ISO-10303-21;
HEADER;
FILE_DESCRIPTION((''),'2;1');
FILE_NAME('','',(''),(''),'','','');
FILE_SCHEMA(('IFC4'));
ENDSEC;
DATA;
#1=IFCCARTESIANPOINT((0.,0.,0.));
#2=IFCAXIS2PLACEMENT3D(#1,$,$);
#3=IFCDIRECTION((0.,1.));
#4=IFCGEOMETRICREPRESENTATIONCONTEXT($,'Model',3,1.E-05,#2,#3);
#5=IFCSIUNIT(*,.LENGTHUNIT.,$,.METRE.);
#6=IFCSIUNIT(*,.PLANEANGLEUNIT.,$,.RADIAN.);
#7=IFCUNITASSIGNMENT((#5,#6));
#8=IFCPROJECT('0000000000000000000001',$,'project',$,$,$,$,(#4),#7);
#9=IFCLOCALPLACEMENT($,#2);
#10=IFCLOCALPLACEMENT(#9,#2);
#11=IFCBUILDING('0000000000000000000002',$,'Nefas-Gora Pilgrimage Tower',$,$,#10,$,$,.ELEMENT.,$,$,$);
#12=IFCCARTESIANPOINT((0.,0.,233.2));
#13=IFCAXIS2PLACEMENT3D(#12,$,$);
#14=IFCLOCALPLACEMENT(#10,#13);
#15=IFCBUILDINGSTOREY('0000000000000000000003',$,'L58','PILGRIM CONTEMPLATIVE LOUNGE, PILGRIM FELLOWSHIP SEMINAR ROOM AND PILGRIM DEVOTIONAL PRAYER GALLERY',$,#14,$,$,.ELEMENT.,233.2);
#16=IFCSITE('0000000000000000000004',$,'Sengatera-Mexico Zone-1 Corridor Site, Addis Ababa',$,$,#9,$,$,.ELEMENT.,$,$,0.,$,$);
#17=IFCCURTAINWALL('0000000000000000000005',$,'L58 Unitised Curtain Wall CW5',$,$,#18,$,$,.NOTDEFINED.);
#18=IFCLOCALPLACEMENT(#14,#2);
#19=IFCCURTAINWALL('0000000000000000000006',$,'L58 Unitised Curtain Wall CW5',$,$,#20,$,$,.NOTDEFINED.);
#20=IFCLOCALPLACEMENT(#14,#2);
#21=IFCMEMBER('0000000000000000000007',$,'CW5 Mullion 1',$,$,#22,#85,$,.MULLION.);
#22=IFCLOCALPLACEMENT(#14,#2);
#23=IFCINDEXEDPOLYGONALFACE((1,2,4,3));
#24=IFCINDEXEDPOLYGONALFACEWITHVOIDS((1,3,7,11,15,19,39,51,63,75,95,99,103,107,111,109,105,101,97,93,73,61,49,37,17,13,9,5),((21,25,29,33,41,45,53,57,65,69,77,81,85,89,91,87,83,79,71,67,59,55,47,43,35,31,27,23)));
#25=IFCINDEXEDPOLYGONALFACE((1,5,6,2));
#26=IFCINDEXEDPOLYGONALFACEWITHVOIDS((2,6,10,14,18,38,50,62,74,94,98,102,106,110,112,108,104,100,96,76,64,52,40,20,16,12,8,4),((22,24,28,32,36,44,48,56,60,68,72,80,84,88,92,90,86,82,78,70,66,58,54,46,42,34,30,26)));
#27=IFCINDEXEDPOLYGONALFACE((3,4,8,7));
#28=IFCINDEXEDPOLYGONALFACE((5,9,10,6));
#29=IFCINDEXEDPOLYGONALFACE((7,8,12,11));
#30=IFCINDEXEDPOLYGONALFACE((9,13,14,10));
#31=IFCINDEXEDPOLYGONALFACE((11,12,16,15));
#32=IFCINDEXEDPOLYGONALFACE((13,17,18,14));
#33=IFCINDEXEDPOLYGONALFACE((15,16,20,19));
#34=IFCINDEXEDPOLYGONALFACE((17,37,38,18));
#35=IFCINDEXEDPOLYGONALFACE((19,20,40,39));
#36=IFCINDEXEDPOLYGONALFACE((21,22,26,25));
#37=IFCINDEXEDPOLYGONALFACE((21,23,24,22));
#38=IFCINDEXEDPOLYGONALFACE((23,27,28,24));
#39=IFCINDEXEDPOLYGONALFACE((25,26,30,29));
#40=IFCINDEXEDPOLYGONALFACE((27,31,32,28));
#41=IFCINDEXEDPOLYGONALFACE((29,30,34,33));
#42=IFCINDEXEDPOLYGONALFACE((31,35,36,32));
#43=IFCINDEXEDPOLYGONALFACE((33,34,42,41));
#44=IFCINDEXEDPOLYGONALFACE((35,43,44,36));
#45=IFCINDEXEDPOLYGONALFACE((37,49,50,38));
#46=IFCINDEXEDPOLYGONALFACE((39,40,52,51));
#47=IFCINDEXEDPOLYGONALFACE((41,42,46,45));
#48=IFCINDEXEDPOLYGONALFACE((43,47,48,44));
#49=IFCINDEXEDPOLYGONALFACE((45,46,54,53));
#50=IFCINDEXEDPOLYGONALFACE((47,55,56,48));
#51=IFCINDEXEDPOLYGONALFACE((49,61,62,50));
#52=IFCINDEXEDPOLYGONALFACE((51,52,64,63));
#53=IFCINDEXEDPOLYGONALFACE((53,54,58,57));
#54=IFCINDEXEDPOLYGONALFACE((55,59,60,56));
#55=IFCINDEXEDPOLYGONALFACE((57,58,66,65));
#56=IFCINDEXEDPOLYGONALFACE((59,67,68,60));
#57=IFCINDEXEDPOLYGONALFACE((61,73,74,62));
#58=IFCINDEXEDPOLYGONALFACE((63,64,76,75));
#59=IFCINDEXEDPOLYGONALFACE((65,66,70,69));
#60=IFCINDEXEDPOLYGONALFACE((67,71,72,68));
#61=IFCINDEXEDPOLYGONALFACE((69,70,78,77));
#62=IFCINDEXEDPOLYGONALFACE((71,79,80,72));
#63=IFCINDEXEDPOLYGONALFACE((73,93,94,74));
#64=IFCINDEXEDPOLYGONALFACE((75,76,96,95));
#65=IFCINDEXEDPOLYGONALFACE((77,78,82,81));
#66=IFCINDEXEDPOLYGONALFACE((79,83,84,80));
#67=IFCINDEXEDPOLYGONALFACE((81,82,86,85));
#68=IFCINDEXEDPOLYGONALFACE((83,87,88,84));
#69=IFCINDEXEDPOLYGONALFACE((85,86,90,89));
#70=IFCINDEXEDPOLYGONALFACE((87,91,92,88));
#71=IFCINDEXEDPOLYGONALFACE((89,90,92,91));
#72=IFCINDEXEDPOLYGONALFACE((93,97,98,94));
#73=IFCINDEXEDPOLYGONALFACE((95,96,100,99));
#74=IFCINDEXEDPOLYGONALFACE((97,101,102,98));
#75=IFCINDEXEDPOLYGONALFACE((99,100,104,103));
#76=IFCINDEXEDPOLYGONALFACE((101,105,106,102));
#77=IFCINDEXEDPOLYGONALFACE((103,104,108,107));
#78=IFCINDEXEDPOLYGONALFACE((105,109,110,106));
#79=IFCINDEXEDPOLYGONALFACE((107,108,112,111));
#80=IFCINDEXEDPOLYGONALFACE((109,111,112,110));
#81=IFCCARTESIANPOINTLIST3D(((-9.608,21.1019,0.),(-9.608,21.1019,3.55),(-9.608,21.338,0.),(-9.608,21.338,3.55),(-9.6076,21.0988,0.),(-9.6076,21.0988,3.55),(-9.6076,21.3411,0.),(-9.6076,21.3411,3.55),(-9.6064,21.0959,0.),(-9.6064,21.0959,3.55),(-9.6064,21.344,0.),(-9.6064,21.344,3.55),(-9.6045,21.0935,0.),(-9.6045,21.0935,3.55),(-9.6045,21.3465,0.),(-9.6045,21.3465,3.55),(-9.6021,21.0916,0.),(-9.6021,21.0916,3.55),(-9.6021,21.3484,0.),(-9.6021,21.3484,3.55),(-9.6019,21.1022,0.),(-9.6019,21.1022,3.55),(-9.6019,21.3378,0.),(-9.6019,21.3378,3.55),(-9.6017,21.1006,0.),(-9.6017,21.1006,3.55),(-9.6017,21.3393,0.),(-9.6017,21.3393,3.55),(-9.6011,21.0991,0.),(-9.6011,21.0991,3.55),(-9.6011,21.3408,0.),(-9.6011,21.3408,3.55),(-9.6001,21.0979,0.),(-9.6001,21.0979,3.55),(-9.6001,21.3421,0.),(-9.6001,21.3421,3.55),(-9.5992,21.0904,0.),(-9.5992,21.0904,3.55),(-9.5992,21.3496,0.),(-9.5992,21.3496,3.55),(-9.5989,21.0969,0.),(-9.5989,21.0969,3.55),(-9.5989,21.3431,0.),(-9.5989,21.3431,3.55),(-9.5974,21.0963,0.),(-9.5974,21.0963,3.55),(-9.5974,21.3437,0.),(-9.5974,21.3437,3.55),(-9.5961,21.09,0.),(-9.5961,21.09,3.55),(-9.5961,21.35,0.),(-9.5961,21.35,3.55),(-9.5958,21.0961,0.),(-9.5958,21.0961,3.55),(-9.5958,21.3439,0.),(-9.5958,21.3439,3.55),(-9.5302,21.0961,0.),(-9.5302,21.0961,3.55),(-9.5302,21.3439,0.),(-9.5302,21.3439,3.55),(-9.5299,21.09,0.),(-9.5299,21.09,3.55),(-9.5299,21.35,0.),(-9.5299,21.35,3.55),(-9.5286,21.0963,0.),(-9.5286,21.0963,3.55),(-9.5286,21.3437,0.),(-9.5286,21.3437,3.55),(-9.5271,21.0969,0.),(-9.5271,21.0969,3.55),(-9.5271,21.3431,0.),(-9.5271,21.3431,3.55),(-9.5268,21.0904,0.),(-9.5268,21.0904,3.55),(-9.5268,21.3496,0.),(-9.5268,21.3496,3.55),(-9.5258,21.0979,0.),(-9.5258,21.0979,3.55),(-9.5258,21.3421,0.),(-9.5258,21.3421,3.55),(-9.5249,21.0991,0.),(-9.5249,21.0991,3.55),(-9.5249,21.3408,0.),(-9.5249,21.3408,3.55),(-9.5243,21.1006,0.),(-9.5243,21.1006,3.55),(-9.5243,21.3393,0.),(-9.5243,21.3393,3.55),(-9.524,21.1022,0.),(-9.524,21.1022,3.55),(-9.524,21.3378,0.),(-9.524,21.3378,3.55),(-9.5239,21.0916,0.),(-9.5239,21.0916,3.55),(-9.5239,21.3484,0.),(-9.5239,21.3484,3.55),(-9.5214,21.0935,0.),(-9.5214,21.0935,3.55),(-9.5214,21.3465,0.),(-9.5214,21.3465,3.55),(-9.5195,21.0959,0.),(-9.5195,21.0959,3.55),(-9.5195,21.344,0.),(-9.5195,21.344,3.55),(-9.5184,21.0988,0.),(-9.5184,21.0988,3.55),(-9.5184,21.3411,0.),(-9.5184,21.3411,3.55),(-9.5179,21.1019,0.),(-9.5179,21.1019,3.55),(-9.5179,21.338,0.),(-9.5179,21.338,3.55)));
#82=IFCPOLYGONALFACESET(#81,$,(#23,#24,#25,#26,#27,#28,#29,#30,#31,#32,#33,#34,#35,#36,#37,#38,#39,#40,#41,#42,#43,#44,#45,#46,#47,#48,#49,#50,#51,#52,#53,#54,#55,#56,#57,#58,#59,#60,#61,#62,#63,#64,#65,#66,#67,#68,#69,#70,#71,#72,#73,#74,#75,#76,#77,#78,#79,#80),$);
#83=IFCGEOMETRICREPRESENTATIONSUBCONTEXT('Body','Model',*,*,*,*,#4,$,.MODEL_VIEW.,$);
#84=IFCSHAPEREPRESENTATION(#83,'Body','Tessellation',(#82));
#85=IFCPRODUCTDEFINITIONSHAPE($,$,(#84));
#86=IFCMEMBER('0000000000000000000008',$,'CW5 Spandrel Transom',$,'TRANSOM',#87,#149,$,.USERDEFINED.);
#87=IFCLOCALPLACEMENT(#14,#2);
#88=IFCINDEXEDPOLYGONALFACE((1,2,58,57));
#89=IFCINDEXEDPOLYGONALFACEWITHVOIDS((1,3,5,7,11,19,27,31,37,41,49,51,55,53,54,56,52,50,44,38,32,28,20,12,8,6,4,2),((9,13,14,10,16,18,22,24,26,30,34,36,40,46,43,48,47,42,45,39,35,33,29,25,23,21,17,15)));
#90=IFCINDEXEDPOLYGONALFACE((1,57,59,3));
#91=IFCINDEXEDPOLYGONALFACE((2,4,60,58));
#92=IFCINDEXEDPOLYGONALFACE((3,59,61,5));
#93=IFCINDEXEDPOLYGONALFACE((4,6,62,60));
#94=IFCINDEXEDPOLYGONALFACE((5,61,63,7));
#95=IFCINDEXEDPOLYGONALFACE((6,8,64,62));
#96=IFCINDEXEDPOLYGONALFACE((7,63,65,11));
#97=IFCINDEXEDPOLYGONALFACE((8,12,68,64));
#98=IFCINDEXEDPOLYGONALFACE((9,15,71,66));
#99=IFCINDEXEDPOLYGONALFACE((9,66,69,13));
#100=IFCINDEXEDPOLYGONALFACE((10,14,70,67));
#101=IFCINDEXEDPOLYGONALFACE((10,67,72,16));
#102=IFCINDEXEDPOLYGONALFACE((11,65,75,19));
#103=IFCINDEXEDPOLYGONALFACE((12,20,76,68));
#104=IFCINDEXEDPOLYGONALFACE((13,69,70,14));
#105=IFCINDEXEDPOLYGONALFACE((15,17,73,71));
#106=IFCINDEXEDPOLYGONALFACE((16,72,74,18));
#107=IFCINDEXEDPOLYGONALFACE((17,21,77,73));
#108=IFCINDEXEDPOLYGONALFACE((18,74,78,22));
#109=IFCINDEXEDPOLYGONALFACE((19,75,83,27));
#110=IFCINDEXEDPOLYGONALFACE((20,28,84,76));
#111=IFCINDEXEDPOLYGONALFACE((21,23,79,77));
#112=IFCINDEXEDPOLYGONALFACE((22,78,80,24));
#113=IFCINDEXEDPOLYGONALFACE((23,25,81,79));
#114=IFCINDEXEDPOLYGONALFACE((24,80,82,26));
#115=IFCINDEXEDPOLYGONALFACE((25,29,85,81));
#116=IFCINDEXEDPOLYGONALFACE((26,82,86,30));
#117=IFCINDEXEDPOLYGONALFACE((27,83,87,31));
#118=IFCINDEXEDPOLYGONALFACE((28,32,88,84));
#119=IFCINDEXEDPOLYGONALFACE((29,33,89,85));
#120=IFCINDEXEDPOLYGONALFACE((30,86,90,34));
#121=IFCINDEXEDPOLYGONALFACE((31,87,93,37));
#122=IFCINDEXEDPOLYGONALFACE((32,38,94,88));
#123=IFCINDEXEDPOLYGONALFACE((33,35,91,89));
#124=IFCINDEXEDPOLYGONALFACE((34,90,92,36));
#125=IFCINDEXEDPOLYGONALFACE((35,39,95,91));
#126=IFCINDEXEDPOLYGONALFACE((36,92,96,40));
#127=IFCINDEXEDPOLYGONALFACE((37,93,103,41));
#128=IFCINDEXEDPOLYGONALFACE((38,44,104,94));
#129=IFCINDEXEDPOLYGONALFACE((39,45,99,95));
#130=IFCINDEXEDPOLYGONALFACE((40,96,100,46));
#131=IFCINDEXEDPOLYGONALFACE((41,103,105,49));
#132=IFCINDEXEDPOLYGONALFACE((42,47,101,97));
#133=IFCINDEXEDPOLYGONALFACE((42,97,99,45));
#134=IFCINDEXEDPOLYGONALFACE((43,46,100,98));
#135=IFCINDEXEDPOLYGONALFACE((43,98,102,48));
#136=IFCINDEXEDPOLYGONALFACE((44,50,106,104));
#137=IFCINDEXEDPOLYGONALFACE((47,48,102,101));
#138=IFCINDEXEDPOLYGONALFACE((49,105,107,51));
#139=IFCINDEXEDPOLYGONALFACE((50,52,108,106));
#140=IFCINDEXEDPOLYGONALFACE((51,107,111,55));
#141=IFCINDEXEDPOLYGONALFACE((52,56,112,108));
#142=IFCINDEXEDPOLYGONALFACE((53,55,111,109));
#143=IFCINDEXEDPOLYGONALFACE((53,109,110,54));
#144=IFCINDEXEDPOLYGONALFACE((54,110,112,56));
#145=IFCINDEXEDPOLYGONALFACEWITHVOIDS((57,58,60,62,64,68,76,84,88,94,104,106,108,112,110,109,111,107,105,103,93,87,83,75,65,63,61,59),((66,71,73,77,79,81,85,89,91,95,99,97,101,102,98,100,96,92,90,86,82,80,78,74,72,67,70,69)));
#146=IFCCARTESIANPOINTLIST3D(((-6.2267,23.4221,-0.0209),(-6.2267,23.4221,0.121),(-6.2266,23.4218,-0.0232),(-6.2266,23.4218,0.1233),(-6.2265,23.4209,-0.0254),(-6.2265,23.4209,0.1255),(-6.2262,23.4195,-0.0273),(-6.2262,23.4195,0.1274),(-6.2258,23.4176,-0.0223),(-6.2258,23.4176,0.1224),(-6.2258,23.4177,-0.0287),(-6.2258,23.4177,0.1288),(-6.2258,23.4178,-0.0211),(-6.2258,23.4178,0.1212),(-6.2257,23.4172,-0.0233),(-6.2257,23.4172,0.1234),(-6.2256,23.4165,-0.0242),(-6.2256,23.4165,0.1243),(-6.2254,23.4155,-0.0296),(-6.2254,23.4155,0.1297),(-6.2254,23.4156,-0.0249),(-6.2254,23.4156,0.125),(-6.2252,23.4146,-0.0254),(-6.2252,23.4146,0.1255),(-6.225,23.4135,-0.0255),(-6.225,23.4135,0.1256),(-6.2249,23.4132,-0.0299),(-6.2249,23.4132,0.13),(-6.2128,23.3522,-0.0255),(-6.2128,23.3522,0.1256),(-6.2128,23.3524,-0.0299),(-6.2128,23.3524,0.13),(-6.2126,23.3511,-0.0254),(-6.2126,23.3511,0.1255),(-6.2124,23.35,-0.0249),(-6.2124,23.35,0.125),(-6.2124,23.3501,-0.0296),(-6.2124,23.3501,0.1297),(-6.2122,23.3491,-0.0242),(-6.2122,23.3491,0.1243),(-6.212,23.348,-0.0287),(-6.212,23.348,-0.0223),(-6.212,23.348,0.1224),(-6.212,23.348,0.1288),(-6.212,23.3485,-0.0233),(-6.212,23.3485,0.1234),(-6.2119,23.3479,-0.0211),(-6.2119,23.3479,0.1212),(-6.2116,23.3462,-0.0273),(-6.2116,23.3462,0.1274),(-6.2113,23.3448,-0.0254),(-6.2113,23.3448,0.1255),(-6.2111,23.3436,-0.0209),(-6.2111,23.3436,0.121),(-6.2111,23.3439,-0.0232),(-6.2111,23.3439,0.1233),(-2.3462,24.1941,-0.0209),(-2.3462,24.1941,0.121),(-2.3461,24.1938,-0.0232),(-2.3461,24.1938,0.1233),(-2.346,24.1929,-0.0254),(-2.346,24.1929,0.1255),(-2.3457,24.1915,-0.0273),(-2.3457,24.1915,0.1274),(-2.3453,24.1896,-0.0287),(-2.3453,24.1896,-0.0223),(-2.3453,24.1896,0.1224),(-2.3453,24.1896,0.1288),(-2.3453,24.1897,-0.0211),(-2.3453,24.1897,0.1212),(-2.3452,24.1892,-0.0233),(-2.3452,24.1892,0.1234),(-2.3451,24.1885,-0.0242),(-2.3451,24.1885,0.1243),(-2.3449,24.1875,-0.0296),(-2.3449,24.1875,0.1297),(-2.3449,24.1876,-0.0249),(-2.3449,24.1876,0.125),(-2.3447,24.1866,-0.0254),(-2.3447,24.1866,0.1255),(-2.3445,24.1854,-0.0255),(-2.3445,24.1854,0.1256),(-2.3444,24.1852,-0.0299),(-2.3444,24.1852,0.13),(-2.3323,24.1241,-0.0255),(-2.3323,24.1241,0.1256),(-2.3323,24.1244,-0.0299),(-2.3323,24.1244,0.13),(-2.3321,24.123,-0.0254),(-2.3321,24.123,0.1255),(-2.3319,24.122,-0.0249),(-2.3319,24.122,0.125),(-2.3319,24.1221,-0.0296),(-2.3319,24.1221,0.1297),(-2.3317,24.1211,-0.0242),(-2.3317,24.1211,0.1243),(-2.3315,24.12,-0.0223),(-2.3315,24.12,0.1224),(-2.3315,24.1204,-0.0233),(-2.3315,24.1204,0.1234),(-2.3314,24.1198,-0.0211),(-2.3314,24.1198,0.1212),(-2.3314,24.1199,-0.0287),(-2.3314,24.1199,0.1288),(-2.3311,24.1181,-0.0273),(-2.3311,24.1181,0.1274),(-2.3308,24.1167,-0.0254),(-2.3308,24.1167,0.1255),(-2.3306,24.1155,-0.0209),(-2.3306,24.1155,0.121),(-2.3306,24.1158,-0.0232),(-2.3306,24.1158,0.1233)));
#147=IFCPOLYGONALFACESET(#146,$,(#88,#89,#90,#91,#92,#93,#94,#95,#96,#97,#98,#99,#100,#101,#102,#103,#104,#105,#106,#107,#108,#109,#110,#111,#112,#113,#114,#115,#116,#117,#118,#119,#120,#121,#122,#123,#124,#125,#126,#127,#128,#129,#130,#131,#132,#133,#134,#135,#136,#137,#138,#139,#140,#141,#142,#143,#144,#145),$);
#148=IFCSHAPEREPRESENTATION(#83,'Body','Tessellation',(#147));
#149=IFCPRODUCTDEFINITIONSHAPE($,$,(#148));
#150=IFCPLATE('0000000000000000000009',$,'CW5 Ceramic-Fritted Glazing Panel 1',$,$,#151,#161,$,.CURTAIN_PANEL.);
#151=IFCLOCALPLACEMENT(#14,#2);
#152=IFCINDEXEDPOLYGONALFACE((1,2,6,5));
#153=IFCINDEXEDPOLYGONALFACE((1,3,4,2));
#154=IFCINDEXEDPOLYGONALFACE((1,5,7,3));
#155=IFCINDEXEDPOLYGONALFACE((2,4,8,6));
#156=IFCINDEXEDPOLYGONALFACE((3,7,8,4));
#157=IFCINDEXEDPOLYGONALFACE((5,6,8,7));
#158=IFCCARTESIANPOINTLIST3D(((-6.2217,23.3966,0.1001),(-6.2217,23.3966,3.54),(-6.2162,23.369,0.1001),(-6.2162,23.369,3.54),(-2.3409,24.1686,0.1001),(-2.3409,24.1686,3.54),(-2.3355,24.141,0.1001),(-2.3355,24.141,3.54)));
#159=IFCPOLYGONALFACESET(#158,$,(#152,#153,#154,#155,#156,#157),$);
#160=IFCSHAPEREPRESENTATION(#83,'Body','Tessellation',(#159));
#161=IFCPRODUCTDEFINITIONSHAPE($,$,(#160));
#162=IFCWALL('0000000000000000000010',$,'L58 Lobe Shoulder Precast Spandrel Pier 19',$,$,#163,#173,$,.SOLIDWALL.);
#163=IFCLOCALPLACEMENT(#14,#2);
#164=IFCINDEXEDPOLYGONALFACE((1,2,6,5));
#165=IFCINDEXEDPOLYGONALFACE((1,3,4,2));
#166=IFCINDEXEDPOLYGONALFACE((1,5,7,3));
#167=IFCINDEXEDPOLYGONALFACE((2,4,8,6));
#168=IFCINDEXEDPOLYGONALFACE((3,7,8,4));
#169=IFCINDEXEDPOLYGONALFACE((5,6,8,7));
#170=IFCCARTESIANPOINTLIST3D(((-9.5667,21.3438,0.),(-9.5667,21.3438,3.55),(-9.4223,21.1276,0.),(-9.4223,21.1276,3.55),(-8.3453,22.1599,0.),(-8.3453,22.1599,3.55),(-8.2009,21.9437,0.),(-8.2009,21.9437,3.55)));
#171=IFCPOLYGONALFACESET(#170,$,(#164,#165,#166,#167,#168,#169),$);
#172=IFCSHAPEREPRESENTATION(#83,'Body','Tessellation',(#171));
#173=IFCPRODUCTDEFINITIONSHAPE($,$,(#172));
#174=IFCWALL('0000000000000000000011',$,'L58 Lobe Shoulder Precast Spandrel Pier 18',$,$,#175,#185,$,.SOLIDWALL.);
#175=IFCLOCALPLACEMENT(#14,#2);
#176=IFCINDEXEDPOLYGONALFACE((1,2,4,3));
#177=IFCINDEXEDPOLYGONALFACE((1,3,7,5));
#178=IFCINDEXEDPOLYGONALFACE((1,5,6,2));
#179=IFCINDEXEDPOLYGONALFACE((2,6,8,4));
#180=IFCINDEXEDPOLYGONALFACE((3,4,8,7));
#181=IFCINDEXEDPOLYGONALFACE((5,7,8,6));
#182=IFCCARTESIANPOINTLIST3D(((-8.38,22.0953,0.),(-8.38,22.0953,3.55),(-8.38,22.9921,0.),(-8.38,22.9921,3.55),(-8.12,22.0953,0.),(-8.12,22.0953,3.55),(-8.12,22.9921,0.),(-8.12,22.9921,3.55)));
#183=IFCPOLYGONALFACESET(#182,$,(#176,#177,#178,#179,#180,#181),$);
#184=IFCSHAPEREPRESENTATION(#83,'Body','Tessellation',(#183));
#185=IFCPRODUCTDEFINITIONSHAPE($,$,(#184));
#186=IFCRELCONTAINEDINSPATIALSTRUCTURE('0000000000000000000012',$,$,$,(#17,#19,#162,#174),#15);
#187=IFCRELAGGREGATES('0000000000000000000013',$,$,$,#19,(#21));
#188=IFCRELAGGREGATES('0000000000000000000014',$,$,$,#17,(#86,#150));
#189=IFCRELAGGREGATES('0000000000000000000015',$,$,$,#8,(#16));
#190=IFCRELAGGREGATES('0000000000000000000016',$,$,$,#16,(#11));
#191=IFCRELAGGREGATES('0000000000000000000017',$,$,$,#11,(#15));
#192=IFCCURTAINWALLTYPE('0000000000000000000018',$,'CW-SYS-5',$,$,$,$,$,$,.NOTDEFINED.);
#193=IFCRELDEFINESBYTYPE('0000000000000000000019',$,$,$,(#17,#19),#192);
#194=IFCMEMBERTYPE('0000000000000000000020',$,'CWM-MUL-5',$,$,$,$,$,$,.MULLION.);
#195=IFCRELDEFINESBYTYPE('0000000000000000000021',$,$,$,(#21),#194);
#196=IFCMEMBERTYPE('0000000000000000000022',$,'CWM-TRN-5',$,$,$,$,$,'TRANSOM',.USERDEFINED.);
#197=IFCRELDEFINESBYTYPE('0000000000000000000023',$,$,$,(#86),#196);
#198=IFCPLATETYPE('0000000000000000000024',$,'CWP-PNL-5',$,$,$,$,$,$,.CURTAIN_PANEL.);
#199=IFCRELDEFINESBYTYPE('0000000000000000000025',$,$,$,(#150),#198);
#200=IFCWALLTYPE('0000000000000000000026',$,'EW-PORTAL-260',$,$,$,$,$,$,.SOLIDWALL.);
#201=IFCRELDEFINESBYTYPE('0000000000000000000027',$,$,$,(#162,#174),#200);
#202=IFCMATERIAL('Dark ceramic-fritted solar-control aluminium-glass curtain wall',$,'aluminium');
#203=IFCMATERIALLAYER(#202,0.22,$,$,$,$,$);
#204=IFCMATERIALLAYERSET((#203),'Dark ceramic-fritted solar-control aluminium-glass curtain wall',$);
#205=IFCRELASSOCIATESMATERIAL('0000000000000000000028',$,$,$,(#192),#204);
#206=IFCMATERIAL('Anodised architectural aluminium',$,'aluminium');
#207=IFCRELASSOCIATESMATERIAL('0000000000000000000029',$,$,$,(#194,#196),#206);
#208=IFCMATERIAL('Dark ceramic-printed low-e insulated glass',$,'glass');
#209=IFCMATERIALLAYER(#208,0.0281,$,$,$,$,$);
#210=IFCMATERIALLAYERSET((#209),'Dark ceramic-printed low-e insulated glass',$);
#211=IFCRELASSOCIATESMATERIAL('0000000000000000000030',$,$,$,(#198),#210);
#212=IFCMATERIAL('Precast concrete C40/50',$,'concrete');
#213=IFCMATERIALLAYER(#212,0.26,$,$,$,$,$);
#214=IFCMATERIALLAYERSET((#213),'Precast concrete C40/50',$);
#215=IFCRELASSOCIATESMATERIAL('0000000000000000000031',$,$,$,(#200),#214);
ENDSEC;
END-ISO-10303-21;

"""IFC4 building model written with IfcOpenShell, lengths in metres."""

from ifc_helpers import new_model, si_unit, direction, frame, frame_2d, origin, origin_2d, place, context, subcontext, project, spatial, rectangle, hollow_rectangle, extrude, source, transform, mapped, material, layer, layer_set, material_profile, profile_set, type_object, element, aggregate, save


model = new_model("IFC4")

# Units and contexts
model_context = context("Model", 3, precision=1e-05, world=origin(), true_north=direction((0.0, 1.0)))
body_context = subcontext(model_context, "Body", "Model", "MODEL_VIEW")
ifc_project = project(units=[si_unit("LENGTHUNIT", "METRE"), si_unit("PLANEANGLEUNIT", "RADIAN")], contexts=[model_context])

# Site, building, storey
site_placement = place(None, origin())
site = spatial("IfcSite", under=ifc_project, at=site_placement, Name="Sengatera-Mexico Zone-1 Corridor Site, Addis Ababa", CompositionType="ELEMENT", RefElevation=0.0)
building_placement = place(site_placement, origin())
building = spatial("IfcBuilding", under=site, at=building_placement, Name="Nefas-Gora Pilgrimage Tower", CompositionType="ELEMENT")
storey_placement = place(building_placement, frame((0.0, 0.0, 233.2)))
storey = spatial("IfcBuildingStorey", under=building, at=storey_placement, Name="L58", Description="PILGRIM CONTEMPLATIVE LOUNGE, PILGRIM FELLOWSHIP SEMINAR ROOM AND PILGRIM DEVOTIONAL PRAYER GALLERY", CompositionType="ELEMENT", Elevation=233.2)

# Curtain wall
ifc_material_1 = material(Name="Dark ceramic-fritted solar-control aluminium-glass curtain wall", Category="aluminium")
ifc_layer_1 = layer(ifc_material_1, 0.22)
ifc_layer_set_1 = layer_set([ifc_layer_1], Name="Dark ceramic-fritted solar-control aluminium-glass curtain wall")
curtain_wall_type = type_object("IfcCurtainWallType", Name="CW-SYS-5", PredefinedType="NOTDEFINED", material=ifc_layer_set_1)
curtain_wall_1_placement = place(storey_placement, origin())
curtain_wall_1 = element("IfcCurtainWall", 1, at=curtain_wall_1_placement, inside=storey, type_object=curtain_wall_type, Name="L58 Unitised Curtain Wall CW5", PredefinedType="NOTDEFINED")
ifc_material_2 = material(Name="Anodised architectural aluminium", Category="aluminium")
ifc_material_profile_1 = material_profile(ifc_material_2, hollow_rectangle(XDim=0.0901, YDim=0.26, WallThickness=0.0061, InnerFilletRadius=0.0061, OuterFilletRadius=0.012, at=origin_2d()), Name="ALU MULLION 90x260")
ifc_profile_set_1 = profile_set([ifc_material_profile_1], Name="Anodised architectural aluminium")
member_type_1 = type_object("IfcMemberType", Name="CWM-MUL-5", PredefinedType="MULLION", material=ifc_profile_set_1)
shared_shape_1 = source(origin(), body_context, "Body", "SweptSolid", [
    extrude(hollow_rectangle(XDim=0.0901, YDim=0.26, WallThickness=0.0061, InnerFilletRadius=0.0061, OuterFilletRadius=0.012, at=origin_2d()), origin(), (0.0, 0.0, 1.0), 3.55),
])

# Curtain wall, member
curtain_wall_2_placement = place(storey_placement, origin())
curtain_wall_2 = element("IfcCurtainWall", 2, at=curtain_wall_2_placement, inside=storey, type_object=curtain_wall_type, Name="L58 Unitised Curtain Wall CW5", PredefinedType="NOTDEFINED")
member_1_placement = place(storey_placement, frame((-9.563, 21.22, 0.0), z_axis=(0.0, 0.0, 1.0), x_axis=(-1.0, 0.0, 0.0)))
member_1 = element("IfcMember", 3, at=member_1_placement, type_object=member_type_1, Name="CW5 Mullion 1", PredefinedType="MULLION", context=body_context, shape_type="MappedRepresentation", body=[
    mapped(shared_shape_1, transform((0.0, 0.0, 0.0), x_axis=(1.0, 0.0, 0.0), y_axis=(0.0, 1.0, 0.0), z_axis=(0.0, 0.0, 1.0), scale=1.0)),
])
aggregate(curtain_wall_2, [member_1])

# Member
ifc_material_profile_2 = material_profile(ifc_material_2, hollow_rectangle(XDim=0.0801, YDim=0.1599, WallThickness=0.0044, InnerFilletRadius=0.0044, OuterFilletRadius=0.009, at=origin_2d()), Name="ALU TRANSOM 80x160")
ifc_profile_set_2 = profile_set([ifc_material_profile_2], Name="Anodised architectural aluminium")
member_type_2 = type_object("IfcMemberType", Name="CWM-TRN-5", ElementType="TRANSOM", PredefinedType="USERDEFINED", material=ifc_profile_set_2)
shared_shape_2 = source(origin(), body_context, "Body", "SweptSolid", [
    extrude(hollow_rectangle(XDim=0.0801, YDim=0.1599, WallThickness=0.0044, InnerFilletRadius=0.0044, OuterFilletRadius=0.009, at=origin_2d()), origin(), (0.0, 0.0, 1.0), 3.9565),
])
member_2_placement = place(storey_placement, frame((-2.3384, 24.1548, 0.05), z_axis=(-0.980782, -0.195107, 0.0), x_axis=(0.195107, -0.980782, 0.0)))
member_2 = element("IfcMember", 4, at=member_2_placement, type_object=member_type_2, Name="CW5 Spandrel Transom", ObjectType="TRANSOM", PredefinedType="USERDEFINED", context=body_context, shape_type="MappedRepresentation", body=[
    mapped(shared_shape_2, transform((0.0, 0.0, 0.0), x_axis=(1.0, 0.0, 0.0), y_axis=(0.0, 1.0, 0.0), z_axis=(0.0, 0.0, 1.0), scale=1.0)),
])

# Plate
ifc_material_3 = material(Name="Dark ceramic-printed low-e insulated glass", Category="glass")
ifc_layer_2 = layer(ifc_material_3, 0.0281)
ifc_layer_set_2 = layer_set([ifc_layer_2], Name="Dark ceramic-printed low-e insulated glass")
plate_type = type_object("IfcPlateType", Name="CWP-PNL-5", PredefinedType="CURTAIN_PANEL", material=ifc_layer_set_2)
shared_shape_3 = source(origin(), body_context, "Body", "SweptSolid", [
    extrude(rectangle(XDim=3.9568, YDim=0.0281, at=origin_2d()), origin(), (0.0, 0.0, 1.0), 3.4399),
])
plate_placement = place(storey_placement, frame((-4.2786, 23.7688, 0.1001), z_axis=(0.0, 0.0, 1.0), x_axis=(-0.980783, -0.195102, 0.0)))
plate = element("IfcPlate", 5, at=plate_placement, type_object=plate_type, Name="CW5 Ceramic-Fritted Glazing Panel 1", PredefinedType="CURTAIN_PANEL", context=body_context, shape_type="MappedRepresentation", body=[
    mapped(shared_shape_3, transform((0.0, 0.0, 0.0), x_axis=(1.0, 0.0, 0.0), y_axis=(0.0, 1.0, 0.0), z_axis=(0.0, 0.0, 1.0), scale=1.0)),
])
aggregate(curtain_wall_1, [member_2, plate])

# Walls
ifc_material_4 = material(Name="Precast concrete C40/50", Category="concrete")
ifc_layer_3 = layer(ifc_material_4, 0.26)
ifc_layer_set_3 = layer_set([ifc_layer_3], Name="Precast concrete C40/50")
wall_type_1 = type_object("IfcWallType", Name="EW-PORTAL-260", PredefinedType="SOLIDWALL", material=ifc_layer_set_3)
shared_shape_4 = source(origin(), body_context, "Body", "SweptSolid", [
    extrude(rectangle(XDim=1.469, YDim=0.26, at=frame_2d((0.7344, 0.0))), origin(), (0.0, 0.0, 1.0), 3.55),
])
wall_1_placement = place(storey_placement, frame((-8.2732, 22.0518, 0.0), z_axis=(0.0, 0.0, 1.0), x_axis=(-0.831462, -0.555582, 0.0)))
element("IfcWall", 6, at=wall_1_placement, inside=storey, type_object=wall_type_1, Name="L58 Lobe Shoulder Precast Spandrel Pier 19", PredefinedType="SOLIDWALL", context=body_context, shape_type="MappedRepresentation", body=[
    mapped(shared_shape_4, transform((0.0, 0.0, 0.0), x_axis=(1.0, 0.0, 0.0), y_axis=(0.0, 1.0, 0.0), z_axis=(0.0, 0.0, 1.0), scale=1.0)),
])
shared_shape_5 = source(origin(), body_context, "Body", "SweptSolid", [
    extrude(rectangle(XDim=0.8967, YDim=0.26, at=frame_2d((0.4482, 0.0))), origin(), (0.0, 0.0, 1.0), 3.55),
])
wall_2_placement = place(storey_placement, frame((-8.25, 22.9919, 0.0), z_axis=(0.0, 0.0, 1.0), x_axis=(0.0, -1.0, 0.0)))
element("IfcWall", 7, at=wall_2_placement, inside=storey, type_object=wall_type_1, Name="L58 Lobe Shoulder Precast Spandrel Pier 18", PredefinedType="SOLIDWALL", context=body_context, shape_type="MappedRepresentation", body=[
    mapped(shared_shape_5, transform((0.0, 0.0, 0.0), x_axis=(1.0, 0.0, 0.0), y_axis=(0.0, 1.0, 0.0), z_axis=(0.0, 0.0, 1.0), scale=1.0)),
])

save(model, "model.ifc")
